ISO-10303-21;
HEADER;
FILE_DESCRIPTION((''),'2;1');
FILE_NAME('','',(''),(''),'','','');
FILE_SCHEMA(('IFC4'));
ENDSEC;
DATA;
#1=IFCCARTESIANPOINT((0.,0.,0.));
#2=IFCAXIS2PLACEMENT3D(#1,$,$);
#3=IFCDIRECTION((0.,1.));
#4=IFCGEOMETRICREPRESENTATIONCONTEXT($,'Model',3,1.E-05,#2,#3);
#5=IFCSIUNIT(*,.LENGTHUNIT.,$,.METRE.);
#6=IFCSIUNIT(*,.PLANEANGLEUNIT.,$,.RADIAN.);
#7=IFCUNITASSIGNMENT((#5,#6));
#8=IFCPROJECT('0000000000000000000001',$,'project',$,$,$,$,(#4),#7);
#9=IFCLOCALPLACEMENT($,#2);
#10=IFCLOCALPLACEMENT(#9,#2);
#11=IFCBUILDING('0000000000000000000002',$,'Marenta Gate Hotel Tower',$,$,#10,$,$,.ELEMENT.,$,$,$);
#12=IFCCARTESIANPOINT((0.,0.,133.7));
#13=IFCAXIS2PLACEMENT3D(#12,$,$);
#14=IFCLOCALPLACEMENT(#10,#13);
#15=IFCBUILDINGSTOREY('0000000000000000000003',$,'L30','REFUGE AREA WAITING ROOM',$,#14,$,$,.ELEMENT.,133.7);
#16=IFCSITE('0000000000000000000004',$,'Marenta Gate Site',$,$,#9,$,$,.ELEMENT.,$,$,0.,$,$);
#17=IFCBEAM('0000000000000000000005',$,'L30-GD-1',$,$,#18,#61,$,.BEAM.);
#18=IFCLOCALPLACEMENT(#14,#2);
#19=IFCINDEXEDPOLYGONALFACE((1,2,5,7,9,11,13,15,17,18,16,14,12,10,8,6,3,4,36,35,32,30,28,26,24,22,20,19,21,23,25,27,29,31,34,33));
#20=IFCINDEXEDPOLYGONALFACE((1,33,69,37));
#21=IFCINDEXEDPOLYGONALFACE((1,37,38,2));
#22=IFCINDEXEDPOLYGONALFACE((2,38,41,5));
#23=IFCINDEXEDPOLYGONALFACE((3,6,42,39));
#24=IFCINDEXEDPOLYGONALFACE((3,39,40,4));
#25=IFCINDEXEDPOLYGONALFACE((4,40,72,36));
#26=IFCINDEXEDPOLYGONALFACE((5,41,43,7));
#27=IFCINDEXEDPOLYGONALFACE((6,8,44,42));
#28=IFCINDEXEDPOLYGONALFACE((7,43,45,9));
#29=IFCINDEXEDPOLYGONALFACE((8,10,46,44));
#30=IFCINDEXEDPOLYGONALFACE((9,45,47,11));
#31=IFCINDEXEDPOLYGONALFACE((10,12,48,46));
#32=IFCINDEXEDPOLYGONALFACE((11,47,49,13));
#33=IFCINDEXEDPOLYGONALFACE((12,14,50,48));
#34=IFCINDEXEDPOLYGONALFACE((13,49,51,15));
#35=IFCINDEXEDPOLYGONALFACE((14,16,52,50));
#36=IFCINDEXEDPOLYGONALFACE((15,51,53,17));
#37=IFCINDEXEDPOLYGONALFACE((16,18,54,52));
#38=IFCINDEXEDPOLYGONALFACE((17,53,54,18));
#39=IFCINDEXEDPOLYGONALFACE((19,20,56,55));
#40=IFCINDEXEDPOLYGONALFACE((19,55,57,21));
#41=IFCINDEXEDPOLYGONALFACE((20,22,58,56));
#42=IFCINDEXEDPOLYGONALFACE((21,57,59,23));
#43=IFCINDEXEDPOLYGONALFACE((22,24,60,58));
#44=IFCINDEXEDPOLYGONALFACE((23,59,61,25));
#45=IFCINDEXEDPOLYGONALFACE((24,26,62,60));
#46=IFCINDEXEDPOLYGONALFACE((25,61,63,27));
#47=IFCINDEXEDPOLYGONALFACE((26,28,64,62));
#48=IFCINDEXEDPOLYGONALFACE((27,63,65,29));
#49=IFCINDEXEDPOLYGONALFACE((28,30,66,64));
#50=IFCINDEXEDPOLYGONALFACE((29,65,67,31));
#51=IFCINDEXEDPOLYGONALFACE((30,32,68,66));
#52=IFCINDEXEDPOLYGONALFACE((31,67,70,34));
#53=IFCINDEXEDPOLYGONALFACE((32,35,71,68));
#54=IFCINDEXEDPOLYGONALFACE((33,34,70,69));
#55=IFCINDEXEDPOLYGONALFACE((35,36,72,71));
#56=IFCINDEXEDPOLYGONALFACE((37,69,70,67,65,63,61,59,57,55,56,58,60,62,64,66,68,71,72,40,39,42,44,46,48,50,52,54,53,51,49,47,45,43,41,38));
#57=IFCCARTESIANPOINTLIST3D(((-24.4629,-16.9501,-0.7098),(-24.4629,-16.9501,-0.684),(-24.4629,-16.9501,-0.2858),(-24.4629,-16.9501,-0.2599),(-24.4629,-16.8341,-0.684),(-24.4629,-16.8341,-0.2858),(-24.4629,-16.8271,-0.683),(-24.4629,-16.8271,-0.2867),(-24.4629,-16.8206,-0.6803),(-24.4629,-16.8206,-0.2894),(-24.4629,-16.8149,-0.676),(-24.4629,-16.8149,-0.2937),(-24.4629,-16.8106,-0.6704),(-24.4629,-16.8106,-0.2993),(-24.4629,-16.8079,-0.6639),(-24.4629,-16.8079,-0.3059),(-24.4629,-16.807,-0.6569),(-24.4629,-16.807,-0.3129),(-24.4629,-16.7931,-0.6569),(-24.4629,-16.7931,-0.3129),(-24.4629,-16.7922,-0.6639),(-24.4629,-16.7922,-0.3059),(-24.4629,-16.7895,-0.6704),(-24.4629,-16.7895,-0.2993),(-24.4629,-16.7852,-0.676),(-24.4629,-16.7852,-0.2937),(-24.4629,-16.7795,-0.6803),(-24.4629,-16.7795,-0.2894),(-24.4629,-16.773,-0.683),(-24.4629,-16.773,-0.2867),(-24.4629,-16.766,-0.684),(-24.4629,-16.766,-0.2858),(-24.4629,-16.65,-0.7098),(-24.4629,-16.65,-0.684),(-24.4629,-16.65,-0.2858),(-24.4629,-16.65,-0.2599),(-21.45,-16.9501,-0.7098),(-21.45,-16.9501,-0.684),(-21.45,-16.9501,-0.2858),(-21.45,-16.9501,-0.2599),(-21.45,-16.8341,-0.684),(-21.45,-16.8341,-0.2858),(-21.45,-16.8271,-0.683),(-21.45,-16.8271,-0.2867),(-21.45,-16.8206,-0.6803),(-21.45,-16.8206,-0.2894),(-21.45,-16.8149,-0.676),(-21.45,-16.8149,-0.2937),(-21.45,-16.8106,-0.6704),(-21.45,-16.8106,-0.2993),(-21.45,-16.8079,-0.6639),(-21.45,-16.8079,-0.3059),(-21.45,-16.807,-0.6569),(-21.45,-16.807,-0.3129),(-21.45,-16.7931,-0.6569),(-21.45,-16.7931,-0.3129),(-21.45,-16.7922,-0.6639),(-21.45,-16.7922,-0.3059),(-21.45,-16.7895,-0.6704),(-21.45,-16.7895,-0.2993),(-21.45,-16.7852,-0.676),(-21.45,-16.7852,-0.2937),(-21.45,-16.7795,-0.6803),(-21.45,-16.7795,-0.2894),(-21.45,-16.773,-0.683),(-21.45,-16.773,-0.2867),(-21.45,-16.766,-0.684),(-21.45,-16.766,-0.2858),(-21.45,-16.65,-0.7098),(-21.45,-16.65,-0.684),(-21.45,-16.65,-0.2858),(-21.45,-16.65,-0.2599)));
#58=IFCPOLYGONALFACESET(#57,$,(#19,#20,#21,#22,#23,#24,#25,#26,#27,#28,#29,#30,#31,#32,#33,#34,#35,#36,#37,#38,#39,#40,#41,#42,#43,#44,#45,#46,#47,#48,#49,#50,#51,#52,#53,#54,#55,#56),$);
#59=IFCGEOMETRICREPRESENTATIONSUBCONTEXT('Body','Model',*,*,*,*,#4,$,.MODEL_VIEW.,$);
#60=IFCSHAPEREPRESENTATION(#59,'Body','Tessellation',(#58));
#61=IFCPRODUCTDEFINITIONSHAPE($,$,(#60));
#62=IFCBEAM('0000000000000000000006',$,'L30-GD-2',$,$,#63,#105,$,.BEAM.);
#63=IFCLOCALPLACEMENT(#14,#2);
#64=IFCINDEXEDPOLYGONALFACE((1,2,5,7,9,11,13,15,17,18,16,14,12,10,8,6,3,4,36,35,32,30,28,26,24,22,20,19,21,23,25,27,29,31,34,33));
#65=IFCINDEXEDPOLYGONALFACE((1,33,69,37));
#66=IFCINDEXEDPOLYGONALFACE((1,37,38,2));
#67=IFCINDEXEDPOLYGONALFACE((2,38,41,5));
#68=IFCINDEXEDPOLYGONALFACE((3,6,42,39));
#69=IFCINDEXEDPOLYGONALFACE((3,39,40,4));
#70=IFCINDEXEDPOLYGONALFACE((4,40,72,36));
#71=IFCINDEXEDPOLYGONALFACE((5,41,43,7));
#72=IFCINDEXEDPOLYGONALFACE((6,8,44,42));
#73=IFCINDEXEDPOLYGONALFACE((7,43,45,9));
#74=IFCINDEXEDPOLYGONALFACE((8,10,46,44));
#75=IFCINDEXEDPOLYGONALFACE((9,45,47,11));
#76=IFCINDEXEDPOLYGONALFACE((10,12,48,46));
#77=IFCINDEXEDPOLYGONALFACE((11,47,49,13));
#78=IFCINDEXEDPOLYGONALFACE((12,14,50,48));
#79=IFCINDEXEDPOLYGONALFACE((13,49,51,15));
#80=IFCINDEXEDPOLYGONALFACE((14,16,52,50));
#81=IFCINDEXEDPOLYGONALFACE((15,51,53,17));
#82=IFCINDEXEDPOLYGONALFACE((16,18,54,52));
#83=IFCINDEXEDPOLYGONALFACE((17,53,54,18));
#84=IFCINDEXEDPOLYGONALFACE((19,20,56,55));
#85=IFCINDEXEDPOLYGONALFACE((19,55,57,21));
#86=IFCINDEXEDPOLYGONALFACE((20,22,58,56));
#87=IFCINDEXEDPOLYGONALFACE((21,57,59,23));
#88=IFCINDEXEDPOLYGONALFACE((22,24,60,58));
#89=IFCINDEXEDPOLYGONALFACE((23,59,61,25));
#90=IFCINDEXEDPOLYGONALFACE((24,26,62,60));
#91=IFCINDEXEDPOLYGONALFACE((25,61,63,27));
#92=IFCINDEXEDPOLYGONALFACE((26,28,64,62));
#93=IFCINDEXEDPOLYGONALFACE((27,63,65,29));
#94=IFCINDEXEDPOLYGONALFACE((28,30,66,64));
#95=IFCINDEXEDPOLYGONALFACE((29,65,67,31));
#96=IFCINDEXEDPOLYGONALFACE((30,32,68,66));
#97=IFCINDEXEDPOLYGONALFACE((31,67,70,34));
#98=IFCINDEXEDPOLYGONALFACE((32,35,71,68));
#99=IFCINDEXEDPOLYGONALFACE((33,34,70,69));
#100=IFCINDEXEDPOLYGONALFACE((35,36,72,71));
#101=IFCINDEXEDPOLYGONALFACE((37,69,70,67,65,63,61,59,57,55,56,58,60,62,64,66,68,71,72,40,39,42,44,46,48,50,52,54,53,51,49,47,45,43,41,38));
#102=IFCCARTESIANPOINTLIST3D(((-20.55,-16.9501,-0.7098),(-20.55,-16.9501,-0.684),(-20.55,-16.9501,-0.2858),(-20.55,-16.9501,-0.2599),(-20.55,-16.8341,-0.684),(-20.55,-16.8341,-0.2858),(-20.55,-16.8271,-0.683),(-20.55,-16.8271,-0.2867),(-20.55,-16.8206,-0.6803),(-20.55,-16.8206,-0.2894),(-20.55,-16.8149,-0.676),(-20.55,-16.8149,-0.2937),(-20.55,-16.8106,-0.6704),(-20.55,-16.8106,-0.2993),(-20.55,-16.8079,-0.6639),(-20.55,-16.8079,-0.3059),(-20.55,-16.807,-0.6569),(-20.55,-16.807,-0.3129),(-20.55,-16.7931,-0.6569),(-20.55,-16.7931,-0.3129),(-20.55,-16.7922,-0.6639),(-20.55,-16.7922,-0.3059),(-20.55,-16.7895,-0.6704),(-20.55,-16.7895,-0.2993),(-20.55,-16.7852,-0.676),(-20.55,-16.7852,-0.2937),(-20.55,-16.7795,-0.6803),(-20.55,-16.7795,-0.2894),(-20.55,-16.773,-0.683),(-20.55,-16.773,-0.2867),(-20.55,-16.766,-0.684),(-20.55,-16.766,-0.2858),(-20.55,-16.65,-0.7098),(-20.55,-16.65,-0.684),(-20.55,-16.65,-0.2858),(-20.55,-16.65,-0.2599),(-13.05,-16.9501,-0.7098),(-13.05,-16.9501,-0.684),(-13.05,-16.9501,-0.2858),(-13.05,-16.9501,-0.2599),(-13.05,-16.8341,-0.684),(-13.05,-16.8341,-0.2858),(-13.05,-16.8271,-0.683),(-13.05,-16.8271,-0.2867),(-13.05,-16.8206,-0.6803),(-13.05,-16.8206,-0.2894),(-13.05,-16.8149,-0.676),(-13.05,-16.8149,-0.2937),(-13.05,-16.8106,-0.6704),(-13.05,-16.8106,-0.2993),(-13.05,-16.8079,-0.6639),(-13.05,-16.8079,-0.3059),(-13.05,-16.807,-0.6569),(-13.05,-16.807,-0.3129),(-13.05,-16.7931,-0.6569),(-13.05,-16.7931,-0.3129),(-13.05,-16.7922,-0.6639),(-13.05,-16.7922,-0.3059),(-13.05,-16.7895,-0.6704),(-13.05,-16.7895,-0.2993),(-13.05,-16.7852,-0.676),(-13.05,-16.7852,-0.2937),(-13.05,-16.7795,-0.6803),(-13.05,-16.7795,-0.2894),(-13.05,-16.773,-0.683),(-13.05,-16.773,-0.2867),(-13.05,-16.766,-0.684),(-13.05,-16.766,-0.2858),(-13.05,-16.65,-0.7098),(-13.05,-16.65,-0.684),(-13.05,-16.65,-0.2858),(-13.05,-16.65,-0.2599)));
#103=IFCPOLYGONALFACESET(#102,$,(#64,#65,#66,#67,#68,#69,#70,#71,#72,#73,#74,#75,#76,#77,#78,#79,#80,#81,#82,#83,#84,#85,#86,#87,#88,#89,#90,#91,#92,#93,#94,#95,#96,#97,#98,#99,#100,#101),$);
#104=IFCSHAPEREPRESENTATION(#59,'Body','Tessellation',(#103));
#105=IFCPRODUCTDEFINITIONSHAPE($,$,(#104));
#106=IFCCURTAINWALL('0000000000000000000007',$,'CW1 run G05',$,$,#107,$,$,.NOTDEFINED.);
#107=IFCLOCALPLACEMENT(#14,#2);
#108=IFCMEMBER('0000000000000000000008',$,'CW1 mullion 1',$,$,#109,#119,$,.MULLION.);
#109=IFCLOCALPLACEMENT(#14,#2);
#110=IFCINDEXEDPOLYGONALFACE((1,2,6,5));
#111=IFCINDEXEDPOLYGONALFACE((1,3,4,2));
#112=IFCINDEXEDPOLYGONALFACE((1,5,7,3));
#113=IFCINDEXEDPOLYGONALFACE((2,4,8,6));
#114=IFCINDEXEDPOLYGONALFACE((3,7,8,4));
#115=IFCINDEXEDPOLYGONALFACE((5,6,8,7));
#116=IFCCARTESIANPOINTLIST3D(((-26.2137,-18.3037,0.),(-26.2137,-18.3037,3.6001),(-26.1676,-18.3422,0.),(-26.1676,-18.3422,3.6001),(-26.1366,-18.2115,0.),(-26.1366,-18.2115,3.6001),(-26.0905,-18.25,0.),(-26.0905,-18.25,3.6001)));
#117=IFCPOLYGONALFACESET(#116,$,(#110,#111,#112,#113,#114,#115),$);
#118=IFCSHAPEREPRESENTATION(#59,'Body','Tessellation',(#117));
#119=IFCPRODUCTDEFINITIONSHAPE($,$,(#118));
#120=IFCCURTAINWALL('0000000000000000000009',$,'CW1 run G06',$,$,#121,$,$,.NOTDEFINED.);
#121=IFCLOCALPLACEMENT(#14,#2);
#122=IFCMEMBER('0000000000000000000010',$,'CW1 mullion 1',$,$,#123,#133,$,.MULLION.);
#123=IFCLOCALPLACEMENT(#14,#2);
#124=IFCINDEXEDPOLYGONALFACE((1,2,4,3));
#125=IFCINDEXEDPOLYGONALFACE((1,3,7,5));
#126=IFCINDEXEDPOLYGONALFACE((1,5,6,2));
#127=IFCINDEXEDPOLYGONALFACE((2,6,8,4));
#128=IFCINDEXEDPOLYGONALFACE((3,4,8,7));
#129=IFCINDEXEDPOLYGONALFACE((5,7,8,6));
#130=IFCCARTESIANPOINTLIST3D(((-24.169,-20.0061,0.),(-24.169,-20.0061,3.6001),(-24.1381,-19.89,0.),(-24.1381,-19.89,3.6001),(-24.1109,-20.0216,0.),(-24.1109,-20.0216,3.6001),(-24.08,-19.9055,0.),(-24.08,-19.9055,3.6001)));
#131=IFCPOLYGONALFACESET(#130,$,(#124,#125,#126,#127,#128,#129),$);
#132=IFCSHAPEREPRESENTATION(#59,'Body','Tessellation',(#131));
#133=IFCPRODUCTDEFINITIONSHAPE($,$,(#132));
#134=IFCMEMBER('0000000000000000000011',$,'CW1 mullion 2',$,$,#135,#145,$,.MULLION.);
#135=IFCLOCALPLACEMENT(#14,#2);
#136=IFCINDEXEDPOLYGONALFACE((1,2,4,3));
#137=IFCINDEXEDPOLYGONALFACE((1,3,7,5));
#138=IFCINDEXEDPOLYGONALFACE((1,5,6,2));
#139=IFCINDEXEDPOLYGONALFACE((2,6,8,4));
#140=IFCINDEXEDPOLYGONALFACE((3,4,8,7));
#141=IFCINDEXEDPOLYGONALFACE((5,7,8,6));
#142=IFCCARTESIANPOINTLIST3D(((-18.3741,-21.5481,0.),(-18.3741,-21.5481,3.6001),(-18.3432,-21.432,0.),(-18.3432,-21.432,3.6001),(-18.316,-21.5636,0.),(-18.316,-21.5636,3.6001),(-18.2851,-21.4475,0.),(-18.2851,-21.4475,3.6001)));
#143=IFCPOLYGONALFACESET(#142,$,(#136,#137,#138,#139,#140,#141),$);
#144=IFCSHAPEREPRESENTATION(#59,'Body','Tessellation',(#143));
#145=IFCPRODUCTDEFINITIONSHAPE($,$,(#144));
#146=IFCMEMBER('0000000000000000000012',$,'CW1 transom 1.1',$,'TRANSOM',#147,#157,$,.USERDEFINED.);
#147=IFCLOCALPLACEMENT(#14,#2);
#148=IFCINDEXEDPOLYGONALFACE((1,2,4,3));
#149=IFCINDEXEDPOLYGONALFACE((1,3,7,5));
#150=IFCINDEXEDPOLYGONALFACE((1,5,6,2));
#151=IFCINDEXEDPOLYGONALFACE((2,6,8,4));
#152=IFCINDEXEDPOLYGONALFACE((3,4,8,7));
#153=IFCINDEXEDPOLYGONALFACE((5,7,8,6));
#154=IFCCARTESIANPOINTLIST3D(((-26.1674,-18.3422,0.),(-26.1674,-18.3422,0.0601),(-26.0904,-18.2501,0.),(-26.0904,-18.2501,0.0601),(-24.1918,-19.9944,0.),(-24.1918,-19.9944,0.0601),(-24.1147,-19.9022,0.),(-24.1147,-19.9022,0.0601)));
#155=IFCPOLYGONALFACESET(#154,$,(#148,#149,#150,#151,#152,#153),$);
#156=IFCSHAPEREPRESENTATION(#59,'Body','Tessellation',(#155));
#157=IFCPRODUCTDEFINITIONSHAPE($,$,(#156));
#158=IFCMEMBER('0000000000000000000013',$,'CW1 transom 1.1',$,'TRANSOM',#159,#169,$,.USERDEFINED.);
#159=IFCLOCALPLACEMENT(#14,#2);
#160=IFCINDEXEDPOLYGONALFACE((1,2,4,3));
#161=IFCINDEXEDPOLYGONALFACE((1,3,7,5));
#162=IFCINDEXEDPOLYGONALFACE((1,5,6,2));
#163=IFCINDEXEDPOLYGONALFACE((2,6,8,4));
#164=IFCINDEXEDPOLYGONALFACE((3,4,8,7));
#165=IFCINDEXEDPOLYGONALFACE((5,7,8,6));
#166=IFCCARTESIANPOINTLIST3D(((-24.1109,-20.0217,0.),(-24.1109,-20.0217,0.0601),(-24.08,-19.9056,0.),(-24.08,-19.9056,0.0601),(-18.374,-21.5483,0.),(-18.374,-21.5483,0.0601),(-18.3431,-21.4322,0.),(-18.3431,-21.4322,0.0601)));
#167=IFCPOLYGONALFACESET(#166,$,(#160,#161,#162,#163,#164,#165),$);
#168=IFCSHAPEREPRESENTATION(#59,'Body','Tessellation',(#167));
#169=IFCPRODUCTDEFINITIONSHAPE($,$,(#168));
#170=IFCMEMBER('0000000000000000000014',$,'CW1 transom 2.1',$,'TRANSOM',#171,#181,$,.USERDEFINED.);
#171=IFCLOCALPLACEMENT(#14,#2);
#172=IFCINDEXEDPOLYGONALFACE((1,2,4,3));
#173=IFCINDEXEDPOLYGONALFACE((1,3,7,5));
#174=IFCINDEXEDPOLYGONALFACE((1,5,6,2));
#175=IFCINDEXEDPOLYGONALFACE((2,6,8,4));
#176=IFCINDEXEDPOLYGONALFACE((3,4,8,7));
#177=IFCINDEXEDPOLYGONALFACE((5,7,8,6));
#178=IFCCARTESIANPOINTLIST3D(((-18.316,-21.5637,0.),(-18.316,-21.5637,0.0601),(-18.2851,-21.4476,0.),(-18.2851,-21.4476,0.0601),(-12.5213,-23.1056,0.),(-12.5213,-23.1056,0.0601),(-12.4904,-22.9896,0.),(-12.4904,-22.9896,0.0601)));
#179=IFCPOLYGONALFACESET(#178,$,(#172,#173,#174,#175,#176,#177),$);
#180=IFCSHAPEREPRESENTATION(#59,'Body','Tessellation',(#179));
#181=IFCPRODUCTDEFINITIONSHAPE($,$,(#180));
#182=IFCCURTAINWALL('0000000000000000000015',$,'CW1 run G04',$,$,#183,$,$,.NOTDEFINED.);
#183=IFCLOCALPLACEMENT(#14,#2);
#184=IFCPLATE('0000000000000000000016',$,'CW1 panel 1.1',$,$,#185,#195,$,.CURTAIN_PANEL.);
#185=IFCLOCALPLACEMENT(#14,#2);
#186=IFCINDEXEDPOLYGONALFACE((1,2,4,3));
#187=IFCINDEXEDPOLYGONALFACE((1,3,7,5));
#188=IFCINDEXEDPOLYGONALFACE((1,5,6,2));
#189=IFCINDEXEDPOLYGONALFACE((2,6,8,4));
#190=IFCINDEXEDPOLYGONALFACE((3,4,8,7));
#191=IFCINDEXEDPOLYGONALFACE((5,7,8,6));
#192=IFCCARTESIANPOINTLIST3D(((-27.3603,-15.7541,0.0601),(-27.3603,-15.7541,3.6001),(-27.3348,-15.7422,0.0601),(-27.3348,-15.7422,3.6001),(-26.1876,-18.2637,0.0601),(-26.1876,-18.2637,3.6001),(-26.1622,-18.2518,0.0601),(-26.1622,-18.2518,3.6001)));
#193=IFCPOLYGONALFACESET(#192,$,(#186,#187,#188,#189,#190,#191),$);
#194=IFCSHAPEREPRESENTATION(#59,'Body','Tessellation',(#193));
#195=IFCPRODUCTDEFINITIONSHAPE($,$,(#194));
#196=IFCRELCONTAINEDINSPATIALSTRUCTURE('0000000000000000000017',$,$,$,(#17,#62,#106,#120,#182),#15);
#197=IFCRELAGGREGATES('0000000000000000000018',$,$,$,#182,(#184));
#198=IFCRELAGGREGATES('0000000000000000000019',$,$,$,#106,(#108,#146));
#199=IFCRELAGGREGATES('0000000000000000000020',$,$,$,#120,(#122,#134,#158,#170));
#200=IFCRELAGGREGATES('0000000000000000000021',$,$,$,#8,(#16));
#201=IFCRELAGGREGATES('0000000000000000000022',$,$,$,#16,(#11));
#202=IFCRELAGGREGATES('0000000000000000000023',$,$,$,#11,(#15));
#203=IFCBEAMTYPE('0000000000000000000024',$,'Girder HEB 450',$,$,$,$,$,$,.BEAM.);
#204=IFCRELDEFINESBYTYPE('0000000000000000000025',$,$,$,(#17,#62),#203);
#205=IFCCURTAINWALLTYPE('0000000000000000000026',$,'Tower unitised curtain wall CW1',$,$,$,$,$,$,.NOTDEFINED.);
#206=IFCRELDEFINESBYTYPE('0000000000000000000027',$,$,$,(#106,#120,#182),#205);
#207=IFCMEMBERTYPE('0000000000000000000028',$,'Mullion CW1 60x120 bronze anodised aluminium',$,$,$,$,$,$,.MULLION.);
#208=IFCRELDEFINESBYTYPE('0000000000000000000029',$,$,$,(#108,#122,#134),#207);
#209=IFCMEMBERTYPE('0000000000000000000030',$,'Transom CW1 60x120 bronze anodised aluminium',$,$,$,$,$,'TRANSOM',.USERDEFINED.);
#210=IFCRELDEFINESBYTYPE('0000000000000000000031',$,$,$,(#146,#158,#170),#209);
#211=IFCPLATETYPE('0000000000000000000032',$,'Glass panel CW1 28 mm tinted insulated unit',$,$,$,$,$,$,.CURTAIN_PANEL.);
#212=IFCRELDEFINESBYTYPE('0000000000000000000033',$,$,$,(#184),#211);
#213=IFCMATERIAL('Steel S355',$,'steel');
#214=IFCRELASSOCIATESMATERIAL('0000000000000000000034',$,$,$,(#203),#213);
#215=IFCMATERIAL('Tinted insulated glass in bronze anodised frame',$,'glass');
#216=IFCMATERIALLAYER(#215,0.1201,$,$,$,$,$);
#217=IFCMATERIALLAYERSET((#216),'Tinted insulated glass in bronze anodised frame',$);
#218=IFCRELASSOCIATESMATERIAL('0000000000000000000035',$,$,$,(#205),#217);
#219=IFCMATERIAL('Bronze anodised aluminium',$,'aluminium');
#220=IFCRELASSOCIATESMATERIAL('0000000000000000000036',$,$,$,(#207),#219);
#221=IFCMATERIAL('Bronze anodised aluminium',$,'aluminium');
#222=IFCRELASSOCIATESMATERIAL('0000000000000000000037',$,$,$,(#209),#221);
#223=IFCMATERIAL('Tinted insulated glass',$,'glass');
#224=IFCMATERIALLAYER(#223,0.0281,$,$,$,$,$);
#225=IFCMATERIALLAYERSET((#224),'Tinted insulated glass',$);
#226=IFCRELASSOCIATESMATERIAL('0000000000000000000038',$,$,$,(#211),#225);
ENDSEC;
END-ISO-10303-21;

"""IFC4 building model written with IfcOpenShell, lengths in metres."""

from ifc_helpers import new_model, si_unit, direction, frame, origin, origin_2d, place, context, subcontext, project, spatial, rectangle, i_section, extrude, material, layer, layer_set, material_profile, profile_set, type_object, element, aggregate, save


model = new_model("IFC4")

# Units and contexts
model_context = context("Model", 3, precision=1e-05, world=origin(), true_north=direction((0.0, 1.0)))
body_context = subcontext(model_context, "Body", "Model", "MODEL_VIEW")
ifc_project = project(units=[si_unit("LENGTHUNIT", "METRE"), si_unit("PLANEANGLEUNIT", "RADIAN")], contexts=[model_context])

# Site, building, storey
site_placement = place(None, origin())
site = spatial("IfcSite", under=ifc_project, at=site_placement, Name="Marenta Gate Site", CompositionType="ELEMENT", RefElevation=0.0)
building_placement = place(site_placement, origin())
building = spatial("IfcBuilding", under=site, at=building_placement, Name="Marenta Gate Hotel Tower", CompositionType="ELEMENT")
storey_placement = place(building_placement, frame((0.0, 0.0, 133.7)))
storey = spatial("IfcBuildingStorey", under=building, at=storey_placement, Name="L30", Description="REFUGE AREA WAITING ROOM", CompositionType="ELEMENT", Elevation=133.7)

# Beams
ifc_material_1 = material(Name="Steel S355", Category="steel")
ifc_material_profile_1 = material_profile(ifc_material_1, i_section(OverallWidth=0.3, OverallDepth=0.45, WebThickness=0.0139, FlangeThickness=0.0259, FilletRadius=0.0271, at=origin_2d()), Name="HEB 450")
ifc_profile_set_1 = profile_set([ifc_material_profile_1], Name="Steel S355")
beam_type_1 = type_object("IfcBeamType", Name="Girder HEB 450", PredefinedType="BEAM", material=ifc_profile_set_1)
beam_1_placement = place(storey_placement, frame((-24.4629, -16.8, -0.4849), z_axis=(1.0, 0.0, 0.0), x_axis=(0.0, 1.0, 0.0)))
element("IfcBeam", 1, at=beam_1_placement, inside=storey, type_object=beam_type_1, Name="L30-GD-1", PredefinedType="BEAM", context=body_context, shape_type="SweptSolid", body=[
    extrude(i_section(OverallWidth=0.3, OverallDepth=0.45, WebThickness=0.0139, FlangeThickness=0.0259, FilletRadius=0.0271, at=origin_2d()), origin(), (0.0, 0.0, 1.0), 3.0129),
])
beam_2_placement = place(storey_placement, frame((-20.55, -16.8, -0.4849), z_axis=(1.0, 0.0, 0.0), x_axis=(0.0, 1.0, 0.0)))
element("IfcBeam", 2, at=beam_2_placement, inside=storey, type_object=beam_type_1, Name="L30-GD-2", PredefinedType="BEAM", context=body_context, shape_type="SweptSolid", body=[
    extrude(i_section(OverallWidth=0.3, OverallDepth=0.45, WebThickness=0.0139, FlangeThickness=0.0259, FilletRadius=0.0271, at=origin_2d()), origin(), (0.0, 0.0, 1.0), 7.5),
])

# Curtain wall, member
ifc_material_2 = material(Name="Tinted insulated glass in bronze anodised frame", Category="glass")
ifc_layer_1 = layer(ifc_material_2, 0.1201)
ifc_layer_set_1 = layer_set([ifc_layer_1], Name="Tinted insulated glass in bronze anodised frame")
curtain_wall_type = type_object("IfcCurtainWallType", Name="Tower unitised curtain wall CW1", PredefinedType="NOTDEFINED", material=ifc_layer_set_1)
curtain_wall_1_placement = place(storey_placement, origin())
curtain_wall_1 = element("IfcCurtainWall", 3, at=curtain_wall_1_placement, inside=storey, type_object=curtain_wall_type, Name="CW1 run G05", PredefinedType="NOTDEFINED")
ifc_material_3 = material(Name="Bronze anodised aluminium", Category="aluminium")
ifc_material_profile_2 = material_profile(ifc_material_3, rectangle(XDim=0.1201, YDim=0.0601, at=origin_2d()), Name="Mullion CW1 60x120 bronze anodised aluminium")
ifc_profile_set_2 = profile_set([ifc_material_profile_2], Name="Bronze anodised aluminium")
member_type_1 = type_object("IfcMemberType", Name="Mullion CW1 60x120 bronze anodised aluminium", PredefinedType="MULLION", material=ifc_profile_set_2)
member_1_placement = place(storey_placement, frame((-26.1521, -18.2769, 0.0), z_axis=(0.0, 0.0, 1.0), x_axis=(0.641512, 0.767113, 0.0)))
member_1 = element("IfcMember", 4, at=member_1_placement, type_object=member_type_1, Name="CW1 mullion 1", PredefinedType="MULLION", context=body_context, shape_type="SweptSolid", body=[
    extrude(rectangle(XDim=0.1201, YDim=0.0601, at=origin_2d()), origin(), (0.0, 0.0, 1.0), 3.6001),
])

# Curtain wall, members
curtain_wall_2_placement = place(storey_placement, origin())
curtain_wall_2 = element("IfcCurtainWall", 5, at=curtain_wall_2_placement, inside=storey, type_object=curtain_wall_type, Name="CW1 run G06", PredefinedType="NOTDEFINED")
member_2_placement = place(storey_placement, frame((-24.1245, -19.9558, 0.0), z_axis=(0.0, 0.0, 1.0), x_axis=(0.257144, 0.966373, 0.0)))
member_2 = element("IfcMember", 6, at=member_2_placement, type_object=member_type_1, Name="CW1 mullion 1", PredefinedType="MULLION", context=body_context, shape_type="SweptSolid", body=[
    extrude(rectangle(XDim=0.1201, YDim=0.0601, at=origin_2d()), origin(), (0.0, 0.0, 1.0), 3.6001),
])
member_3_placement = place(storey_placement, frame((-18.3296, -21.4978, 0.0), z_axis=(0.0, 0.0, 1.0), x_axis=(0.257144, 0.966373, 0.0)))
member_3 = element("IfcMember", 7, at=member_3_placement, type_object=member_type_1, Name="CW1 mullion 2", PredefinedType="MULLION", context=body_context, shape_type="SweptSolid", body=[
    extrude(rectangle(XDim=0.1201, YDim=0.0601, at=origin_2d()), origin(), (0.0, 0.0, 1.0), 3.6001),
])

# Members
ifc_material_4 = material(Name="Bronze anodised aluminium", Category="aluminium")
ifc_material_profile_3 = material_profile(ifc_material_4, rectangle(XDim=0.1201, YDim=0.0601, at=origin_2d()), Name="Transom CW1 60x120 bronze anodised aluminium")
ifc_profile_set_3 = profile_set([ifc_material_profile_3], Name="Bronze anodised aluminium")
member_type_2 = type_object("IfcMemberType", Name="Transom CW1 60x120 bronze anodised aluminium", ElementType="TRANSOM", PredefinedType="USERDEFINED", material=ifc_profile_set_3)
member_4_placement = place(storey_placement, frame((-26.1289, -18.2961, 0.03), z_axis=(0.767117, -0.641508, 0.0), x_axis=(0.641508, 0.767117, 0.0)))
member_4 = element("IfcMember", 8, at=member_4_placement, type_object=member_type_2, Name="CW1 transom 1.1", ObjectType="TRANSOM", PredefinedType="USERDEFINED", context=body_context, shape_type="SweptSolid", body=[
    extrude(rectangle(XDim=0.1201, YDim=0.0601, at=origin_2d()), origin(), (0.0, 0.0, 1.0), 2.5754),
])
member_5_placement = place(storey_placement, frame((-24.0955, -19.9636, 0.03), z_axis=(0.966369, -0.257158, 0.0), x_axis=(0.257158, 0.966369, 0.0)))
member_5 = element("IfcMember", 9, at=member_5_placement, type_object=member_type_2, Name="CW1 transom 1.1", ObjectType="TRANSOM", PredefinedType="USERDEFINED", context=body_context, shape_type="SweptSolid", body=[
    extrude(rectangle(XDim=0.1201, YDim=0.0601, at=origin_2d()), origin(), (0.0, 0.0, 1.0), 5.9365),
])
member_6_placement = place(storey_placement, frame((-18.3005, -21.5056, 0.03), z_axis=(0.96637, -0.257156, 0.0), x_axis=(0.257156, 0.96637, 0.0)))
member_6 = element("IfcMember", 10, at=member_6_placement, type_object=member_type_2, Name="CW1 transom 2.1", ObjectType="TRANSOM", PredefinedType="USERDEFINED", context=body_context, shape_type="SweptSolid", body=[
    extrude(rectangle(XDim=0.1201, YDim=0.0601, at=origin_2d()), origin(), (0.0, 0.0, 1.0), 5.9963),
])

# Curtain wall, plate
curtain_wall_3_placement = place(storey_placement, origin())
curtain_wall_3 = element("IfcCurtainWall", 11, at=curtain_wall_3_placement, inside=storey, type_object=curtain_wall_type, Name="CW1 run G04", PredefinedType="NOTDEFINED")
ifc_material_5 = material(Name="Tinted insulated glass", Category="glass")
ifc_layer_2 = layer(ifc_material_5, 0.0281)
ifc_layer_set_2 = layer_set([ifc_layer_2], Name="Tinted insulated glass")
plate_type = type_object("IfcPlateType", Name="Glass panel CW1 28 mm tinted insulated unit", PredefinedType="CURTAIN_PANEL", material=ifc_layer_set_2)
plate_1_placement = place(storey_placement, frame((-26.7612, -17.0029, 0.0601), z_axis=(0.0, 0.0, 1.0), x_axis=(0.423338, -0.905972, 0.0)))
plate_1 = element("IfcPlate", 12, at=plate_1_placement, type_object=plate_type, Name="CW1 panel 1.1", PredefinedType="CURTAIN_PANEL", context=body_context, shape_type="SweptSolid", body=[
    extrude(rectangle(XDim=2.77, YDim=0.0281, at=origin_2d()), origin(), (0.0, 0.0, 1.0), 3.54),
])
aggregate(curtain_wall_3, [plate_1])

aggregate(curtain_wall_1, [member_1, member_4])
aggregate(curtain_wall_2, [member_2, member_3, member_5, member_6])

save(model, "model.ifc")
